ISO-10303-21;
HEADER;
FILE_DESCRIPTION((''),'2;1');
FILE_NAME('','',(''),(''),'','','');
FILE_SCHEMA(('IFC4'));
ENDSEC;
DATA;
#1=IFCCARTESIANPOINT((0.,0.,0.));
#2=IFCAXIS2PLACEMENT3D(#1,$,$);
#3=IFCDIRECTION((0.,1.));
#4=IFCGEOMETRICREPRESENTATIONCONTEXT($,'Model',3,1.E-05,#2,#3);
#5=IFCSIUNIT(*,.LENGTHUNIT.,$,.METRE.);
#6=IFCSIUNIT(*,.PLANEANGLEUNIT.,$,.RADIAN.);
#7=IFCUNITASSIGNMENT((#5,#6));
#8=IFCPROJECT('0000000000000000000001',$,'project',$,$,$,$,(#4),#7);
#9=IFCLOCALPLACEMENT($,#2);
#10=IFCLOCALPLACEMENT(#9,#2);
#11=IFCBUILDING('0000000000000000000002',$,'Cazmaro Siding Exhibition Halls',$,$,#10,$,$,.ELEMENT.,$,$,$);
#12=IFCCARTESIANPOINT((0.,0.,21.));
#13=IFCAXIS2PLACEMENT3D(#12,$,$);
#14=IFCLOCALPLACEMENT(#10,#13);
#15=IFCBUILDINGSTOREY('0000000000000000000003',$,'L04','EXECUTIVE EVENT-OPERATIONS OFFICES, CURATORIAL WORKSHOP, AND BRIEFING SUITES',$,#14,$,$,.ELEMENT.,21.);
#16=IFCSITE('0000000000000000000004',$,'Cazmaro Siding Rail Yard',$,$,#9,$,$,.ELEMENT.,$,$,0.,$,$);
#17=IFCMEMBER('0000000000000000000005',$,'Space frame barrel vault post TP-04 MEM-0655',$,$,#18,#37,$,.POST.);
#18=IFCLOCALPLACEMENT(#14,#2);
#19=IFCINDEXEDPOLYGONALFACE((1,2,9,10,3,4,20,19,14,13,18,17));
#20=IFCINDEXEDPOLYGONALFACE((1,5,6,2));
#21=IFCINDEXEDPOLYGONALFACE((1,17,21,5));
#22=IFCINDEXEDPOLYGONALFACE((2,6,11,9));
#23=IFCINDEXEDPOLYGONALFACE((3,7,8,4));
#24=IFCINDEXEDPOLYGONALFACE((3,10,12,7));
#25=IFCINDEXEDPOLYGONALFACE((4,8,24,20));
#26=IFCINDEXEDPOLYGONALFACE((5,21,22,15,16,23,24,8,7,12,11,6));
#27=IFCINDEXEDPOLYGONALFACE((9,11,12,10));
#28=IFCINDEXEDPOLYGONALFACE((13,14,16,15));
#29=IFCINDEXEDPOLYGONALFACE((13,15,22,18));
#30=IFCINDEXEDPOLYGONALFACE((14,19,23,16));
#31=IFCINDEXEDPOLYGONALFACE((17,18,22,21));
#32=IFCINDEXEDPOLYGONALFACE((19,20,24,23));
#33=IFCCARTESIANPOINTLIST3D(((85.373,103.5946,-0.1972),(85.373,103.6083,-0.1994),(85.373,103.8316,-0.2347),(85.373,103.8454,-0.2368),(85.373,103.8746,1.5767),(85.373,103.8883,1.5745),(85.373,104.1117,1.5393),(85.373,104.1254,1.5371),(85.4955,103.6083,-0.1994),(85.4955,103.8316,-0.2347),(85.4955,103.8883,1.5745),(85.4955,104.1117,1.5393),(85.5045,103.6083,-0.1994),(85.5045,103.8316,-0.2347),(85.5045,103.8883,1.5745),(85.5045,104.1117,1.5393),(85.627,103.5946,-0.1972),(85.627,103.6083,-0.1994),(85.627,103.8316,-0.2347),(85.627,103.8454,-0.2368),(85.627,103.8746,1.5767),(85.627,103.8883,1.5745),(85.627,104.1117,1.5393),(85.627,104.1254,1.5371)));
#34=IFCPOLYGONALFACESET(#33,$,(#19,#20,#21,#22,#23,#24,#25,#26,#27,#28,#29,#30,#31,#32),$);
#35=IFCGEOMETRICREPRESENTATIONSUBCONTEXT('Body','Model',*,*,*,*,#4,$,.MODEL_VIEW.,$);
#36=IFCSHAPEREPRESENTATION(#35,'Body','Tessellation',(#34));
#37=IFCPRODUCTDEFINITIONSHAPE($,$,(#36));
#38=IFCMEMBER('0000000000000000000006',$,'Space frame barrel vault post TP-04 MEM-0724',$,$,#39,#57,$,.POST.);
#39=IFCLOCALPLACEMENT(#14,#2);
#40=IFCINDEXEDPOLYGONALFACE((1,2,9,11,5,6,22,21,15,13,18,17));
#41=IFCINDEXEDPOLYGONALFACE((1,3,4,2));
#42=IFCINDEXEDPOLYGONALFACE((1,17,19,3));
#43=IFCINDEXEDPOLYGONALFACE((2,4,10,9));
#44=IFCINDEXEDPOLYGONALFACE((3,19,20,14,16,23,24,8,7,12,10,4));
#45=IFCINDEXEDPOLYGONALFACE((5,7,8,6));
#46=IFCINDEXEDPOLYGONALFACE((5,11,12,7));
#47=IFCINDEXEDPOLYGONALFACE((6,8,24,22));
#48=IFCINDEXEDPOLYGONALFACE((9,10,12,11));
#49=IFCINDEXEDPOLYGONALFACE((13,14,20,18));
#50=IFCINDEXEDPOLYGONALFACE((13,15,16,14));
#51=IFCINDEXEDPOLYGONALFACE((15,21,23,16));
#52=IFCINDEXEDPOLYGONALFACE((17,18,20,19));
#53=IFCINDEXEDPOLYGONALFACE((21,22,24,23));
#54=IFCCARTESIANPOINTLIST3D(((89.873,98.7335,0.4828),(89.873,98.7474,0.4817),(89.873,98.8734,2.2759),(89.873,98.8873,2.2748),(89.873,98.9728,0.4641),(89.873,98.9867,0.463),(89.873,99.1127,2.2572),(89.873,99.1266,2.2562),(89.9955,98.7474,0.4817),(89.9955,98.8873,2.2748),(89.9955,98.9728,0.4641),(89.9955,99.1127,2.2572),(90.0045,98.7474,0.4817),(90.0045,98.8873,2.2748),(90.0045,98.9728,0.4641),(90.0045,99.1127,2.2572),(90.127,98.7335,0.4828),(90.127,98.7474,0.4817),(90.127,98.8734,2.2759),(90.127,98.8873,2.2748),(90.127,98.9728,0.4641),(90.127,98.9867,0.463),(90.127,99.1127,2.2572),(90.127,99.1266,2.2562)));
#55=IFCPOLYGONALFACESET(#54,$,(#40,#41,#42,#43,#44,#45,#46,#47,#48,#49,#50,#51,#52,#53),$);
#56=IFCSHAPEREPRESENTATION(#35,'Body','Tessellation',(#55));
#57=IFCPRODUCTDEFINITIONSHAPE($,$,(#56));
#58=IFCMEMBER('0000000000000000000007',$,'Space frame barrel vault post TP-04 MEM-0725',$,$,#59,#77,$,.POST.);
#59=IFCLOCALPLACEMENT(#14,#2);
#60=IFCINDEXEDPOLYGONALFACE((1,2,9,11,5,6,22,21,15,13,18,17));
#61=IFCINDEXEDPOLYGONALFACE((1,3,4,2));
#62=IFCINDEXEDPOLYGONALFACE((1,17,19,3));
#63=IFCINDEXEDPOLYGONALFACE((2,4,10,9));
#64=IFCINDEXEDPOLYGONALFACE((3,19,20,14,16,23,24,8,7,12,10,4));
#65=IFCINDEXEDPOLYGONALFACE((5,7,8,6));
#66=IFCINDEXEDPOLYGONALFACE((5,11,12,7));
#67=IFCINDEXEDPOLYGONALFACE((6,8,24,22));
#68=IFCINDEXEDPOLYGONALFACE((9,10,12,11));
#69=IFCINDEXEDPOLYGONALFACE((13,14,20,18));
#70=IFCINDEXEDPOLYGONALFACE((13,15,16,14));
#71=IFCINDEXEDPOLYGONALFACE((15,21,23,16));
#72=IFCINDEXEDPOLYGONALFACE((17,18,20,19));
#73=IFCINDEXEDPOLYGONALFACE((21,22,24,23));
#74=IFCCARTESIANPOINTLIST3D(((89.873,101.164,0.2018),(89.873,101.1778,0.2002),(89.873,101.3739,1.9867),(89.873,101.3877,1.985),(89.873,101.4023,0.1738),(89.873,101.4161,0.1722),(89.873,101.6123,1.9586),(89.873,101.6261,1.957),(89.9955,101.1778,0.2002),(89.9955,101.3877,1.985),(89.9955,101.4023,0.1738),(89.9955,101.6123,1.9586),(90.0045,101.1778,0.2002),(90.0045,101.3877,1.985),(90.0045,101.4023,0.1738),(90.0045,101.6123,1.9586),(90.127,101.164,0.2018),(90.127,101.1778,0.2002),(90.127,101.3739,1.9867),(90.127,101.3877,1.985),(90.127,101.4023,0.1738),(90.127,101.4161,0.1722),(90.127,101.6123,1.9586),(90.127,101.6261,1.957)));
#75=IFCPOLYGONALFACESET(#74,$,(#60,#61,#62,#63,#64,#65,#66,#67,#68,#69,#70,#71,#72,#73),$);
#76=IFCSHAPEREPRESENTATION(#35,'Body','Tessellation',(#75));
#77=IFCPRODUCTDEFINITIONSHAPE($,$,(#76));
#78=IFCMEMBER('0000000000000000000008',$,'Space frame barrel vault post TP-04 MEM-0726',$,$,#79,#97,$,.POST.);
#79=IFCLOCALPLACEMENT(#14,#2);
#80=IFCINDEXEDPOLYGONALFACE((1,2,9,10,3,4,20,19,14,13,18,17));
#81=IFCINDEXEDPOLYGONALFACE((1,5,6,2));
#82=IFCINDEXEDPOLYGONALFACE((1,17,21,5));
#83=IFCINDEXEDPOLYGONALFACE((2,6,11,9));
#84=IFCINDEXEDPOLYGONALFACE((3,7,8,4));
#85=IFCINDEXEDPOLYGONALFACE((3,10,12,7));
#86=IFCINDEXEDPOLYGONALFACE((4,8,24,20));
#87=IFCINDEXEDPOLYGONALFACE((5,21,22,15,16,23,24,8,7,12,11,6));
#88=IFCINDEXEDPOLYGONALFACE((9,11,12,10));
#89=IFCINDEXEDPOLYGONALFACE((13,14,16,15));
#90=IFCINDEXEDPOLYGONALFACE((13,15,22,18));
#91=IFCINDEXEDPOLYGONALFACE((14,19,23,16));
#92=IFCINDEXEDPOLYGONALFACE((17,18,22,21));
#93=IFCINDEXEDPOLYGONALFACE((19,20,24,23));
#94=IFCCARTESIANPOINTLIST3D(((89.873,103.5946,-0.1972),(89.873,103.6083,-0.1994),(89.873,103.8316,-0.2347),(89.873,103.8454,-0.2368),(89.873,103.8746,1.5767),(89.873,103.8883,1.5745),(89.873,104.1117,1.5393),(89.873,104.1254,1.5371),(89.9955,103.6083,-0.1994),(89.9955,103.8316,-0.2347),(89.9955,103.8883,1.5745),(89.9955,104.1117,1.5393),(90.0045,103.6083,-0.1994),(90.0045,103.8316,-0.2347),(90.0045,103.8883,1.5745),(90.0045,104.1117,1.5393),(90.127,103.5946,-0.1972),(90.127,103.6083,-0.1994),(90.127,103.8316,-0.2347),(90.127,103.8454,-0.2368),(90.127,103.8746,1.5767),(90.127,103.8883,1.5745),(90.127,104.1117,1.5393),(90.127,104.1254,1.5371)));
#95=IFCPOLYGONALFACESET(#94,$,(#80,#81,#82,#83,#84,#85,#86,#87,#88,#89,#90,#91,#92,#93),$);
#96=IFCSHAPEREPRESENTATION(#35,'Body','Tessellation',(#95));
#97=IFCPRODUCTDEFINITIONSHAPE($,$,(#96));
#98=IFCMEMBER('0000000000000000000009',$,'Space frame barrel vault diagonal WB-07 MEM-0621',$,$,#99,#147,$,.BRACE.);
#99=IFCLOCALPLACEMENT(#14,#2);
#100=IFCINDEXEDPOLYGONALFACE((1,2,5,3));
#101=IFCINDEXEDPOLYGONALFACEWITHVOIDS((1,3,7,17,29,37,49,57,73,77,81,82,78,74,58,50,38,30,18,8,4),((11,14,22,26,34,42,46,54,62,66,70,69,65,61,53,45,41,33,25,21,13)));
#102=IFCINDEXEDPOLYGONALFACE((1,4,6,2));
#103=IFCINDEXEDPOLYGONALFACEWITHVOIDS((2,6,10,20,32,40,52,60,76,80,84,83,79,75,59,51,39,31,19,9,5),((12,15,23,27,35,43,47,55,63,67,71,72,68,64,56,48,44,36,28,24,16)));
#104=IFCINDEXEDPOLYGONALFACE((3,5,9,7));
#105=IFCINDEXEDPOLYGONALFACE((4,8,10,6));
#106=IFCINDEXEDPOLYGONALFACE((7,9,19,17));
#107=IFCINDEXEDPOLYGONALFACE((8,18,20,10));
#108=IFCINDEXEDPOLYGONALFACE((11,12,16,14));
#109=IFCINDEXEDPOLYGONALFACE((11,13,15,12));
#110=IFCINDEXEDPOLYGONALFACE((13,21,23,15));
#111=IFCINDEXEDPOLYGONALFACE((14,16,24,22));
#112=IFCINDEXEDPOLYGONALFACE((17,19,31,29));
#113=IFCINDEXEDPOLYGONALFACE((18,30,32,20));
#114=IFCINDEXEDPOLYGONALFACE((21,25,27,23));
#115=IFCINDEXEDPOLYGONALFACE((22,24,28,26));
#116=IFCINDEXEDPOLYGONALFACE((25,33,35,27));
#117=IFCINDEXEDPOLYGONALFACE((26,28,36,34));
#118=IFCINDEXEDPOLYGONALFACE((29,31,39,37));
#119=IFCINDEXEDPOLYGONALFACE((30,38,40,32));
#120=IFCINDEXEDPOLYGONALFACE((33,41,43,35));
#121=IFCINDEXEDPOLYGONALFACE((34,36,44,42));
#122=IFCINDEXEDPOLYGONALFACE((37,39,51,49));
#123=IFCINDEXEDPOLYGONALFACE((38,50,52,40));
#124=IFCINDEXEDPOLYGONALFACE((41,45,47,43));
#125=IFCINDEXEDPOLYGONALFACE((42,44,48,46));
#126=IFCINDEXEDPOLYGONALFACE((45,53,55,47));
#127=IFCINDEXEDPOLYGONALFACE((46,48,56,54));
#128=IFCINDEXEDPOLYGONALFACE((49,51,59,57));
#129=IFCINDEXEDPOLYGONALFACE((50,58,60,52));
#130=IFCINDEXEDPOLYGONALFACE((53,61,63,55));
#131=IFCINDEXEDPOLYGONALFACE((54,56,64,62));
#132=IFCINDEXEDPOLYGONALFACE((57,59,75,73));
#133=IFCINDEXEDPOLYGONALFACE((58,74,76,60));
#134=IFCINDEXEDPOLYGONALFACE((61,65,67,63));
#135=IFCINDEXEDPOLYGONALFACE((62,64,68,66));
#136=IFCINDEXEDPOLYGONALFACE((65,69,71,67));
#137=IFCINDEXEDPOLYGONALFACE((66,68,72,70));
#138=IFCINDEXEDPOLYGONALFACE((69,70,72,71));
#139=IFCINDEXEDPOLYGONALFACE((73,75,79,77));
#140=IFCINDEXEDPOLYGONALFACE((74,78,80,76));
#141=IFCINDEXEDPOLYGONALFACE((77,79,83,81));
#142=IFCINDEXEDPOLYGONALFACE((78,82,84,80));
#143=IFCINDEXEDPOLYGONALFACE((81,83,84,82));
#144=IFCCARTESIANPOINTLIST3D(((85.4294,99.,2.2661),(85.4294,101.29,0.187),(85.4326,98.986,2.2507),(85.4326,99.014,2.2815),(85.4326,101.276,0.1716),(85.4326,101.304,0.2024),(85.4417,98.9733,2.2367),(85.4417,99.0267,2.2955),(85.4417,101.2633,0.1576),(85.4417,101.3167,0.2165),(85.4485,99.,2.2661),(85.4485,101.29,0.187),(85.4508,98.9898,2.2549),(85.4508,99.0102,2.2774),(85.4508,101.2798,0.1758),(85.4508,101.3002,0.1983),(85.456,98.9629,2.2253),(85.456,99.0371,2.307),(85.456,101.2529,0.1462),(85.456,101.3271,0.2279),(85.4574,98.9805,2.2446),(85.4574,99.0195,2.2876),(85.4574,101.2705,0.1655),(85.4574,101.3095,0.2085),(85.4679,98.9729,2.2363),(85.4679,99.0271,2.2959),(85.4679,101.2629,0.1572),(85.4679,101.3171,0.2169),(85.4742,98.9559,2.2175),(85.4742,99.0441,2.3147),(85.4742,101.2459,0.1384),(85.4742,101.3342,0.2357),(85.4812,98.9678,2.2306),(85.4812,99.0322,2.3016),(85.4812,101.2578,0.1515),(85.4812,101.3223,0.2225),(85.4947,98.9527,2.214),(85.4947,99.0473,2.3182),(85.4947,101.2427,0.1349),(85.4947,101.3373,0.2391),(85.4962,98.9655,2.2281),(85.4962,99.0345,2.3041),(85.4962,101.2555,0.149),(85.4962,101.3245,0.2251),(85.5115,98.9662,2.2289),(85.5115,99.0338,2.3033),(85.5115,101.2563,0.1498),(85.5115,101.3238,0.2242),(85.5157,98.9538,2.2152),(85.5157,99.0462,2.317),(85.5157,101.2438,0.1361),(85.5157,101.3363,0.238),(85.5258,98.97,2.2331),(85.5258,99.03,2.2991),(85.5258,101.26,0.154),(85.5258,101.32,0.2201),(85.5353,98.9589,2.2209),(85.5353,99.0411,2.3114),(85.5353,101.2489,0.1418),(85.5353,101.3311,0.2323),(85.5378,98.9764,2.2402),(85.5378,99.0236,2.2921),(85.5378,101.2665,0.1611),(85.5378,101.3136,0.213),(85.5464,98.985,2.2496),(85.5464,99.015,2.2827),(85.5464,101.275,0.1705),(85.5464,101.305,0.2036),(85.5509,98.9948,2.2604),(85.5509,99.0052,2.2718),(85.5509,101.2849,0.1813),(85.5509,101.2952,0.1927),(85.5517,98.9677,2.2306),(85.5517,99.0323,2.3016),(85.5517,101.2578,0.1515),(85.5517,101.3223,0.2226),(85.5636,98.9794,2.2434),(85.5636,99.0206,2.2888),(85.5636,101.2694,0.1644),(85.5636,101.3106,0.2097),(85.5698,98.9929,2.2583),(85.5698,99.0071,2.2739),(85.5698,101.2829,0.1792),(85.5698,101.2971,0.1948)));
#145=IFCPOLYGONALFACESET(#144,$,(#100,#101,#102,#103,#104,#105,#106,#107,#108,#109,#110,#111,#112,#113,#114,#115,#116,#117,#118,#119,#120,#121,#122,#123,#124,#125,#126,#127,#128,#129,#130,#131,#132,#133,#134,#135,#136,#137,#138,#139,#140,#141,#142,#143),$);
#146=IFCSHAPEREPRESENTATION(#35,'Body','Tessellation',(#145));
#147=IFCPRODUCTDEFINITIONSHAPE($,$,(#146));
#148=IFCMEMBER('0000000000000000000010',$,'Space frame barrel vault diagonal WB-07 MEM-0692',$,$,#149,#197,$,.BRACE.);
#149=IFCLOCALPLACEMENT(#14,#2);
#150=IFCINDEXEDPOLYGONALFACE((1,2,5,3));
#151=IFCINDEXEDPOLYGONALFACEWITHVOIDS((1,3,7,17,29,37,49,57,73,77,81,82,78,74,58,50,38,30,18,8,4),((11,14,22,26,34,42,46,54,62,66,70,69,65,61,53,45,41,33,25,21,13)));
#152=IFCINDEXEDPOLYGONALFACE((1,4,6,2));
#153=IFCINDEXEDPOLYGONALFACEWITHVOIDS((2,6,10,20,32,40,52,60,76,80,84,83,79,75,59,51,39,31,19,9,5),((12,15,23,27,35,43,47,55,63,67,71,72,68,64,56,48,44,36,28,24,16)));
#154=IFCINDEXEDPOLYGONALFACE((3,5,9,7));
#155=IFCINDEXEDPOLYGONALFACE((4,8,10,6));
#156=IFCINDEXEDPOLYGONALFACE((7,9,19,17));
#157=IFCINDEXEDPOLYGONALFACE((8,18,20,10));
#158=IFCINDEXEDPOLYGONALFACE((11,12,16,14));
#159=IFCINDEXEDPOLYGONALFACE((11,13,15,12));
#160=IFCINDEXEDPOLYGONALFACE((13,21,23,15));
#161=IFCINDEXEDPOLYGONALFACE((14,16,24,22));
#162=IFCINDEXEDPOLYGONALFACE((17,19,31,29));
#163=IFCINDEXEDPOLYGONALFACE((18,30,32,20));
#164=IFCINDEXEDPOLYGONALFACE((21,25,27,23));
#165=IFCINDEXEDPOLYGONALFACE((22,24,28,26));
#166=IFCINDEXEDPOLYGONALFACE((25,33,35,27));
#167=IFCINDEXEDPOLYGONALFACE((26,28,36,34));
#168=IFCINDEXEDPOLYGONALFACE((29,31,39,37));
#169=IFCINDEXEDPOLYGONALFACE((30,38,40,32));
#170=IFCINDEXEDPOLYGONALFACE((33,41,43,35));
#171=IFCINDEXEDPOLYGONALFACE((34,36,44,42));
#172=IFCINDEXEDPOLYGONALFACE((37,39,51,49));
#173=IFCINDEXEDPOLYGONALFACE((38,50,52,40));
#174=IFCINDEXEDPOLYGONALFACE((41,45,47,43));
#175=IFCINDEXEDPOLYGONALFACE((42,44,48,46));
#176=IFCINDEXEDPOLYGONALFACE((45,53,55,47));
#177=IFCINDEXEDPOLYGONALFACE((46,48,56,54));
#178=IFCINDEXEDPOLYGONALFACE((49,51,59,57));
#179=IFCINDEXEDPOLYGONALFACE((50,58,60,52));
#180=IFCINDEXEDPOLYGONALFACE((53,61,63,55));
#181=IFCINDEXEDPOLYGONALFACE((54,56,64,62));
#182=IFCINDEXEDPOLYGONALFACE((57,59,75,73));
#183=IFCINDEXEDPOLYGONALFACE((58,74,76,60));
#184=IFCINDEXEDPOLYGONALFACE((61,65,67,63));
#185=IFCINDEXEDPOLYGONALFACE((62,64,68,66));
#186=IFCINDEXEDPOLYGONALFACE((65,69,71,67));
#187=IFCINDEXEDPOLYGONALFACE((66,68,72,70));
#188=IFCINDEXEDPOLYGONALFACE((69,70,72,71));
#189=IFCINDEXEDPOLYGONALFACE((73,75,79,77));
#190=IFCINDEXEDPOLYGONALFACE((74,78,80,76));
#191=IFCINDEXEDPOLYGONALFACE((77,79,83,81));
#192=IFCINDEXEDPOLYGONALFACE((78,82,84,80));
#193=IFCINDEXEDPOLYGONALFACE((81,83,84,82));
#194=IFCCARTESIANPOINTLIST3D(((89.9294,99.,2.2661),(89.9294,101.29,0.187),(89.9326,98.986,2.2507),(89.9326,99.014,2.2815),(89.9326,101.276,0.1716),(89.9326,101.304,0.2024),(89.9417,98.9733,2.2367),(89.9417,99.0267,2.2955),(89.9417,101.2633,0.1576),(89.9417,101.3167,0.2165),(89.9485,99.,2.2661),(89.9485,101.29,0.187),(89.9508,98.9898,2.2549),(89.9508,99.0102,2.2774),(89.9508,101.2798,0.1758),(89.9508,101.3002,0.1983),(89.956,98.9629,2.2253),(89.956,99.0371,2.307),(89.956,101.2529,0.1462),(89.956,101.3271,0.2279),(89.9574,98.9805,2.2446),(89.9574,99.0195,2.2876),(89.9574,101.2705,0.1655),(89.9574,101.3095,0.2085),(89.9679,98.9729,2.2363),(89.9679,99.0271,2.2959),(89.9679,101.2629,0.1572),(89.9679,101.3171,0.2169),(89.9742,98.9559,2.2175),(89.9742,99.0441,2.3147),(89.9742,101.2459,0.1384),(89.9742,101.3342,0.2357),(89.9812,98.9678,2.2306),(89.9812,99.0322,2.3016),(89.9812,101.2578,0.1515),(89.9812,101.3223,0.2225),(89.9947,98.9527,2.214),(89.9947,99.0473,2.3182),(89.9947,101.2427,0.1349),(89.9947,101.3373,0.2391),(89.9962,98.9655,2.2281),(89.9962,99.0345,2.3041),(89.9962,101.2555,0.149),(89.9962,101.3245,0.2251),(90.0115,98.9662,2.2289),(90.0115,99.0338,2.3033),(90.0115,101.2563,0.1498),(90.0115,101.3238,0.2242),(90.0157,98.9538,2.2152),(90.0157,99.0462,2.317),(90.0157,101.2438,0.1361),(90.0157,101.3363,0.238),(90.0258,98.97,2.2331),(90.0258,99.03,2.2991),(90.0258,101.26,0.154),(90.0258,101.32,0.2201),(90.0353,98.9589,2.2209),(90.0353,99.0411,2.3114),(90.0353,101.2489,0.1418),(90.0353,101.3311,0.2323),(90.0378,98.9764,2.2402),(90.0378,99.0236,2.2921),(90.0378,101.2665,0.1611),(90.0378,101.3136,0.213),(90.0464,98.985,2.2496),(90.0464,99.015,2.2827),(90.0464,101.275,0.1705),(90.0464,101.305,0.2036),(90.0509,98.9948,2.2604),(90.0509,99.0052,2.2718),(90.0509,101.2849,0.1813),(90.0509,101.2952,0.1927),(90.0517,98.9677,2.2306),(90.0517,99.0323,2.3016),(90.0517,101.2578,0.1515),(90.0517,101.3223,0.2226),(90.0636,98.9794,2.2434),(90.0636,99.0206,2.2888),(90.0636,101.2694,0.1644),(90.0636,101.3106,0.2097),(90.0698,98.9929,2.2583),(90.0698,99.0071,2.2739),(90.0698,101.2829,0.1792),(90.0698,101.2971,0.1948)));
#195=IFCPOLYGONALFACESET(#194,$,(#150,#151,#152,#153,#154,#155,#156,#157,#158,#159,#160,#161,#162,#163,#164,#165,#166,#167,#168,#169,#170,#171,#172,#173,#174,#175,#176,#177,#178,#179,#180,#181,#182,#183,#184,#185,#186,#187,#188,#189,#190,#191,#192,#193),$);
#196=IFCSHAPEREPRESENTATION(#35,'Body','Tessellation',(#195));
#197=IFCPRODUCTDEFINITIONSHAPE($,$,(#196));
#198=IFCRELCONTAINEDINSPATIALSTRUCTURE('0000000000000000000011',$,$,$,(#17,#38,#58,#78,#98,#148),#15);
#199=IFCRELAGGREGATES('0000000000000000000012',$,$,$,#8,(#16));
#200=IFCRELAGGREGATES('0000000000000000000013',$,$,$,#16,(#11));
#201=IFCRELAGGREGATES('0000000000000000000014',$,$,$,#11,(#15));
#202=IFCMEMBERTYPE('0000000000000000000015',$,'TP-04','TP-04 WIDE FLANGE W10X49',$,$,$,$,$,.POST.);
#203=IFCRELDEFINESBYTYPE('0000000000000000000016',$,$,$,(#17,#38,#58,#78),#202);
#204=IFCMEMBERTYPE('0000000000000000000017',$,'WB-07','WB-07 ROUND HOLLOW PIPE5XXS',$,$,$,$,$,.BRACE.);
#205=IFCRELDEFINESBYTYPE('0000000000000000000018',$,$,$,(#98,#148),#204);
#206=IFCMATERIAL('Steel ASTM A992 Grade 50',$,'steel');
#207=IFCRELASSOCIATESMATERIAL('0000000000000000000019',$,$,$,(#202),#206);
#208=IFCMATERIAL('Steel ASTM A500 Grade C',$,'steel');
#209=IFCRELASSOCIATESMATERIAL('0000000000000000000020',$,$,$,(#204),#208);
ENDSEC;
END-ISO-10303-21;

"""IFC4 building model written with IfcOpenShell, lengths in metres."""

from ifc_helpers import new_model, si_unit, direction, frame, origin, origin_2d, place, context, subcontext, project, spatial, hollow_circle, i_section, extrude, material, material_profile, profile_set, type_object, element, save


model = new_model("IFC4")

# Units and contexts
model_context = context("Model", 3, precision=1e-05, world=origin(), true_north=direction((0.0, 1.0)))
body_context = subcontext(model_context, "Body", "Model", "MODEL_VIEW")
ifc_project = project(units=[si_unit("LENGTHUNIT", "METRE"), si_unit("PLANEANGLEUNIT", "RADIAN")], contexts=[model_context])

# Site, building, storey
site_placement = place(None, origin())
site = spatial("IfcSite", under=ifc_project, at=site_placement, Name="Cazmaro Siding Rail Yard", CompositionType="ELEMENT", RefElevation=0.0)
building_placement = place(site_placement, origin())
building = spatial("IfcBuilding", under=site, at=building_placement, Name="Cazmaro Siding Exhibition Halls", CompositionType="ELEMENT")
storey_placement = place(building_placement, frame((0.0, 0.0, 21.0)))
storey = spatial("IfcBuildingStorey", under=building, at=storey_placement, Name="L04", Description="EXECUTIVE EVENT-OPERATIONS OFFICES, CURATORIAL WORKSHOP, AND BRIEFING SUITES", CompositionType="ELEMENT", Elevation=21.0)

# Members
ifc_material_1 = material(Name="Steel ASTM A992 Grade 50", Category="steel")
ifc_material_profile_1 = material_profile(ifc_material_1, i_section(OverallWidth=0.2539, OverallDepth=0.2539, WebThickness=0.009, FlangeThickness=0.0139, at=origin_2d()), Name="W10X49")
ifc_profile_set_1 = profile_set([ifc_material_profile_1], Name="Steel ASTM A992 Grade 50")
member_type_1 = type_object("IfcMemberType", Name="TP-04", Description="TP-04 WIDE FLANGE W10X49", PredefinedType="POST", material=ifc_profile_set_1)
member_1_placement = place(storey_placement, frame((85.5, 103.72, -0.217), z_axis=(0.0, 0.155928, 0.987768), x_axis=(-1.0, 0.0, 0.0)))
element("IfcMember", 1, at=member_1_placement, inside=storey, type_object=member_type_1, Name="Space frame barrel vault post TP-04 MEM-0655", PredefinedType="POST", context=body_context, shape_type="SweptSolid", body=[
    extrude(i_section(OverallWidth=0.2539, OverallDepth=0.2539, WebThickness=0.009, FlangeThickness=0.0139, at=origin_2d()), origin(), (0.0, 0.0, 1.0), 1.7959),
])
member_2_placement = place(storey_placement, frame((90.0, 98.8601, 0.4729), z_axis=(0.0, 0.077776, 0.996971), x_axis=(-1.0, 0.0, 0.0)))
element("IfcMember", 2, at=member_2_placement, inside=storey, type_object=member_type_1, Name="Space frame barrel vault post TP-04 MEM-0724", PredefinedType="POST", context=body_context, shape_type="SweptSolid", body=[
    extrude(i_section(OverallWidth=0.2539, OverallDepth=0.2539, WebThickness=0.009, FlangeThickness=0.0139, at=origin_2d()), origin(), (0.0, 0.0, 1.0), 1.7986),
])
member_3_placement = place(storey_placement, frame((90.0, 101.29, 0.187), z_axis=(0.0, 0.116825, 0.993152), x_axis=(-1.0, 0.0, 0.0)))
element("IfcMember", 3, at=member_3_placement, inside=storey, type_object=member_type_1, Name="Space frame barrel vault post TP-04 MEM-0725", PredefinedType="POST", context=body_context, shape_type="SweptSolid", body=[
    extrude(i_section(OverallWidth=0.2539, OverallDepth=0.2539, WebThickness=0.009, FlangeThickness=0.0139, at=origin_2d()), origin(), (0.0, 0.0, 1.0), 1.7971),
])
member_4_placement = place(storey_placement, frame((90.0, 103.72, -0.217), z_axis=(0.0, 0.155928, 0.987768), x_axis=(-1.0, 0.0, 0.0)))
element("IfcMember", 4, at=member_4_placement, inside=storey, type_object=member_type_1, Name="Space frame barrel vault post TP-04 MEM-0726", PredefinedType="POST", context=body_context, shape_type="SweptSolid", body=[
    extrude(i_section(OverallWidth=0.2539, OverallDepth=0.2539, WebThickness=0.009, FlangeThickness=0.0139, at=origin_2d()), origin(), (0.0, 0.0, 1.0), 1.7959),
])
ifc_material_2 = material(Name="Steel ASTM A500 Grade C", Category="steel")
ifc_material_profile_2 = material_profile(ifc_material_2, hollow_circle(Radius=0.0706, WallThickness=0.019, at=origin_2d()), Name="PIPE5XXS")
ifc_profile_set_2 = profile_set([ifc_material_profile_2], Name="Steel ASTM A500 Grade C")
member_type_2 = type_object("IfcMemberType", Name="WB-07", Description="WB-07 ROUND HOLLOW PIPE5XXS", PredefinedType="BRACE", material=ifc_profile_set_2)
for number, where, z_axis, x_axis, name in (
    (5, (85.5, 99.0, 2.2661), (0.0, 0.740383, -0.672185), (-1.0, 0.0, 0.0), "Space frame barrel vault diagonal WB-07 MEM-0621"),
    (6, (90.0, 99.0, 2.2661), (0.0, 0.740383, -0.672185), (-1.0, 0.0, 0.0), "Space frame barrel vault diagonal WB-07 MEM-0692"),
):
    element("IfcMember", number, at=place(storey_placement, frame(where, z_axis=z_axis, x_axis=x_axis)), inside=storey, type_object=member_type_2, Name=name, PredefinedType="BRACE", context=body_context, shape_type="SweptSolid", body=[
        extrude(hollow_circle(Radius=0.0706, WallThickness=0.019, at=origin_2d()), origin(), (0.0, 0.0, 1.0), 3.093),
    ])

save(model, "model.ifc")
